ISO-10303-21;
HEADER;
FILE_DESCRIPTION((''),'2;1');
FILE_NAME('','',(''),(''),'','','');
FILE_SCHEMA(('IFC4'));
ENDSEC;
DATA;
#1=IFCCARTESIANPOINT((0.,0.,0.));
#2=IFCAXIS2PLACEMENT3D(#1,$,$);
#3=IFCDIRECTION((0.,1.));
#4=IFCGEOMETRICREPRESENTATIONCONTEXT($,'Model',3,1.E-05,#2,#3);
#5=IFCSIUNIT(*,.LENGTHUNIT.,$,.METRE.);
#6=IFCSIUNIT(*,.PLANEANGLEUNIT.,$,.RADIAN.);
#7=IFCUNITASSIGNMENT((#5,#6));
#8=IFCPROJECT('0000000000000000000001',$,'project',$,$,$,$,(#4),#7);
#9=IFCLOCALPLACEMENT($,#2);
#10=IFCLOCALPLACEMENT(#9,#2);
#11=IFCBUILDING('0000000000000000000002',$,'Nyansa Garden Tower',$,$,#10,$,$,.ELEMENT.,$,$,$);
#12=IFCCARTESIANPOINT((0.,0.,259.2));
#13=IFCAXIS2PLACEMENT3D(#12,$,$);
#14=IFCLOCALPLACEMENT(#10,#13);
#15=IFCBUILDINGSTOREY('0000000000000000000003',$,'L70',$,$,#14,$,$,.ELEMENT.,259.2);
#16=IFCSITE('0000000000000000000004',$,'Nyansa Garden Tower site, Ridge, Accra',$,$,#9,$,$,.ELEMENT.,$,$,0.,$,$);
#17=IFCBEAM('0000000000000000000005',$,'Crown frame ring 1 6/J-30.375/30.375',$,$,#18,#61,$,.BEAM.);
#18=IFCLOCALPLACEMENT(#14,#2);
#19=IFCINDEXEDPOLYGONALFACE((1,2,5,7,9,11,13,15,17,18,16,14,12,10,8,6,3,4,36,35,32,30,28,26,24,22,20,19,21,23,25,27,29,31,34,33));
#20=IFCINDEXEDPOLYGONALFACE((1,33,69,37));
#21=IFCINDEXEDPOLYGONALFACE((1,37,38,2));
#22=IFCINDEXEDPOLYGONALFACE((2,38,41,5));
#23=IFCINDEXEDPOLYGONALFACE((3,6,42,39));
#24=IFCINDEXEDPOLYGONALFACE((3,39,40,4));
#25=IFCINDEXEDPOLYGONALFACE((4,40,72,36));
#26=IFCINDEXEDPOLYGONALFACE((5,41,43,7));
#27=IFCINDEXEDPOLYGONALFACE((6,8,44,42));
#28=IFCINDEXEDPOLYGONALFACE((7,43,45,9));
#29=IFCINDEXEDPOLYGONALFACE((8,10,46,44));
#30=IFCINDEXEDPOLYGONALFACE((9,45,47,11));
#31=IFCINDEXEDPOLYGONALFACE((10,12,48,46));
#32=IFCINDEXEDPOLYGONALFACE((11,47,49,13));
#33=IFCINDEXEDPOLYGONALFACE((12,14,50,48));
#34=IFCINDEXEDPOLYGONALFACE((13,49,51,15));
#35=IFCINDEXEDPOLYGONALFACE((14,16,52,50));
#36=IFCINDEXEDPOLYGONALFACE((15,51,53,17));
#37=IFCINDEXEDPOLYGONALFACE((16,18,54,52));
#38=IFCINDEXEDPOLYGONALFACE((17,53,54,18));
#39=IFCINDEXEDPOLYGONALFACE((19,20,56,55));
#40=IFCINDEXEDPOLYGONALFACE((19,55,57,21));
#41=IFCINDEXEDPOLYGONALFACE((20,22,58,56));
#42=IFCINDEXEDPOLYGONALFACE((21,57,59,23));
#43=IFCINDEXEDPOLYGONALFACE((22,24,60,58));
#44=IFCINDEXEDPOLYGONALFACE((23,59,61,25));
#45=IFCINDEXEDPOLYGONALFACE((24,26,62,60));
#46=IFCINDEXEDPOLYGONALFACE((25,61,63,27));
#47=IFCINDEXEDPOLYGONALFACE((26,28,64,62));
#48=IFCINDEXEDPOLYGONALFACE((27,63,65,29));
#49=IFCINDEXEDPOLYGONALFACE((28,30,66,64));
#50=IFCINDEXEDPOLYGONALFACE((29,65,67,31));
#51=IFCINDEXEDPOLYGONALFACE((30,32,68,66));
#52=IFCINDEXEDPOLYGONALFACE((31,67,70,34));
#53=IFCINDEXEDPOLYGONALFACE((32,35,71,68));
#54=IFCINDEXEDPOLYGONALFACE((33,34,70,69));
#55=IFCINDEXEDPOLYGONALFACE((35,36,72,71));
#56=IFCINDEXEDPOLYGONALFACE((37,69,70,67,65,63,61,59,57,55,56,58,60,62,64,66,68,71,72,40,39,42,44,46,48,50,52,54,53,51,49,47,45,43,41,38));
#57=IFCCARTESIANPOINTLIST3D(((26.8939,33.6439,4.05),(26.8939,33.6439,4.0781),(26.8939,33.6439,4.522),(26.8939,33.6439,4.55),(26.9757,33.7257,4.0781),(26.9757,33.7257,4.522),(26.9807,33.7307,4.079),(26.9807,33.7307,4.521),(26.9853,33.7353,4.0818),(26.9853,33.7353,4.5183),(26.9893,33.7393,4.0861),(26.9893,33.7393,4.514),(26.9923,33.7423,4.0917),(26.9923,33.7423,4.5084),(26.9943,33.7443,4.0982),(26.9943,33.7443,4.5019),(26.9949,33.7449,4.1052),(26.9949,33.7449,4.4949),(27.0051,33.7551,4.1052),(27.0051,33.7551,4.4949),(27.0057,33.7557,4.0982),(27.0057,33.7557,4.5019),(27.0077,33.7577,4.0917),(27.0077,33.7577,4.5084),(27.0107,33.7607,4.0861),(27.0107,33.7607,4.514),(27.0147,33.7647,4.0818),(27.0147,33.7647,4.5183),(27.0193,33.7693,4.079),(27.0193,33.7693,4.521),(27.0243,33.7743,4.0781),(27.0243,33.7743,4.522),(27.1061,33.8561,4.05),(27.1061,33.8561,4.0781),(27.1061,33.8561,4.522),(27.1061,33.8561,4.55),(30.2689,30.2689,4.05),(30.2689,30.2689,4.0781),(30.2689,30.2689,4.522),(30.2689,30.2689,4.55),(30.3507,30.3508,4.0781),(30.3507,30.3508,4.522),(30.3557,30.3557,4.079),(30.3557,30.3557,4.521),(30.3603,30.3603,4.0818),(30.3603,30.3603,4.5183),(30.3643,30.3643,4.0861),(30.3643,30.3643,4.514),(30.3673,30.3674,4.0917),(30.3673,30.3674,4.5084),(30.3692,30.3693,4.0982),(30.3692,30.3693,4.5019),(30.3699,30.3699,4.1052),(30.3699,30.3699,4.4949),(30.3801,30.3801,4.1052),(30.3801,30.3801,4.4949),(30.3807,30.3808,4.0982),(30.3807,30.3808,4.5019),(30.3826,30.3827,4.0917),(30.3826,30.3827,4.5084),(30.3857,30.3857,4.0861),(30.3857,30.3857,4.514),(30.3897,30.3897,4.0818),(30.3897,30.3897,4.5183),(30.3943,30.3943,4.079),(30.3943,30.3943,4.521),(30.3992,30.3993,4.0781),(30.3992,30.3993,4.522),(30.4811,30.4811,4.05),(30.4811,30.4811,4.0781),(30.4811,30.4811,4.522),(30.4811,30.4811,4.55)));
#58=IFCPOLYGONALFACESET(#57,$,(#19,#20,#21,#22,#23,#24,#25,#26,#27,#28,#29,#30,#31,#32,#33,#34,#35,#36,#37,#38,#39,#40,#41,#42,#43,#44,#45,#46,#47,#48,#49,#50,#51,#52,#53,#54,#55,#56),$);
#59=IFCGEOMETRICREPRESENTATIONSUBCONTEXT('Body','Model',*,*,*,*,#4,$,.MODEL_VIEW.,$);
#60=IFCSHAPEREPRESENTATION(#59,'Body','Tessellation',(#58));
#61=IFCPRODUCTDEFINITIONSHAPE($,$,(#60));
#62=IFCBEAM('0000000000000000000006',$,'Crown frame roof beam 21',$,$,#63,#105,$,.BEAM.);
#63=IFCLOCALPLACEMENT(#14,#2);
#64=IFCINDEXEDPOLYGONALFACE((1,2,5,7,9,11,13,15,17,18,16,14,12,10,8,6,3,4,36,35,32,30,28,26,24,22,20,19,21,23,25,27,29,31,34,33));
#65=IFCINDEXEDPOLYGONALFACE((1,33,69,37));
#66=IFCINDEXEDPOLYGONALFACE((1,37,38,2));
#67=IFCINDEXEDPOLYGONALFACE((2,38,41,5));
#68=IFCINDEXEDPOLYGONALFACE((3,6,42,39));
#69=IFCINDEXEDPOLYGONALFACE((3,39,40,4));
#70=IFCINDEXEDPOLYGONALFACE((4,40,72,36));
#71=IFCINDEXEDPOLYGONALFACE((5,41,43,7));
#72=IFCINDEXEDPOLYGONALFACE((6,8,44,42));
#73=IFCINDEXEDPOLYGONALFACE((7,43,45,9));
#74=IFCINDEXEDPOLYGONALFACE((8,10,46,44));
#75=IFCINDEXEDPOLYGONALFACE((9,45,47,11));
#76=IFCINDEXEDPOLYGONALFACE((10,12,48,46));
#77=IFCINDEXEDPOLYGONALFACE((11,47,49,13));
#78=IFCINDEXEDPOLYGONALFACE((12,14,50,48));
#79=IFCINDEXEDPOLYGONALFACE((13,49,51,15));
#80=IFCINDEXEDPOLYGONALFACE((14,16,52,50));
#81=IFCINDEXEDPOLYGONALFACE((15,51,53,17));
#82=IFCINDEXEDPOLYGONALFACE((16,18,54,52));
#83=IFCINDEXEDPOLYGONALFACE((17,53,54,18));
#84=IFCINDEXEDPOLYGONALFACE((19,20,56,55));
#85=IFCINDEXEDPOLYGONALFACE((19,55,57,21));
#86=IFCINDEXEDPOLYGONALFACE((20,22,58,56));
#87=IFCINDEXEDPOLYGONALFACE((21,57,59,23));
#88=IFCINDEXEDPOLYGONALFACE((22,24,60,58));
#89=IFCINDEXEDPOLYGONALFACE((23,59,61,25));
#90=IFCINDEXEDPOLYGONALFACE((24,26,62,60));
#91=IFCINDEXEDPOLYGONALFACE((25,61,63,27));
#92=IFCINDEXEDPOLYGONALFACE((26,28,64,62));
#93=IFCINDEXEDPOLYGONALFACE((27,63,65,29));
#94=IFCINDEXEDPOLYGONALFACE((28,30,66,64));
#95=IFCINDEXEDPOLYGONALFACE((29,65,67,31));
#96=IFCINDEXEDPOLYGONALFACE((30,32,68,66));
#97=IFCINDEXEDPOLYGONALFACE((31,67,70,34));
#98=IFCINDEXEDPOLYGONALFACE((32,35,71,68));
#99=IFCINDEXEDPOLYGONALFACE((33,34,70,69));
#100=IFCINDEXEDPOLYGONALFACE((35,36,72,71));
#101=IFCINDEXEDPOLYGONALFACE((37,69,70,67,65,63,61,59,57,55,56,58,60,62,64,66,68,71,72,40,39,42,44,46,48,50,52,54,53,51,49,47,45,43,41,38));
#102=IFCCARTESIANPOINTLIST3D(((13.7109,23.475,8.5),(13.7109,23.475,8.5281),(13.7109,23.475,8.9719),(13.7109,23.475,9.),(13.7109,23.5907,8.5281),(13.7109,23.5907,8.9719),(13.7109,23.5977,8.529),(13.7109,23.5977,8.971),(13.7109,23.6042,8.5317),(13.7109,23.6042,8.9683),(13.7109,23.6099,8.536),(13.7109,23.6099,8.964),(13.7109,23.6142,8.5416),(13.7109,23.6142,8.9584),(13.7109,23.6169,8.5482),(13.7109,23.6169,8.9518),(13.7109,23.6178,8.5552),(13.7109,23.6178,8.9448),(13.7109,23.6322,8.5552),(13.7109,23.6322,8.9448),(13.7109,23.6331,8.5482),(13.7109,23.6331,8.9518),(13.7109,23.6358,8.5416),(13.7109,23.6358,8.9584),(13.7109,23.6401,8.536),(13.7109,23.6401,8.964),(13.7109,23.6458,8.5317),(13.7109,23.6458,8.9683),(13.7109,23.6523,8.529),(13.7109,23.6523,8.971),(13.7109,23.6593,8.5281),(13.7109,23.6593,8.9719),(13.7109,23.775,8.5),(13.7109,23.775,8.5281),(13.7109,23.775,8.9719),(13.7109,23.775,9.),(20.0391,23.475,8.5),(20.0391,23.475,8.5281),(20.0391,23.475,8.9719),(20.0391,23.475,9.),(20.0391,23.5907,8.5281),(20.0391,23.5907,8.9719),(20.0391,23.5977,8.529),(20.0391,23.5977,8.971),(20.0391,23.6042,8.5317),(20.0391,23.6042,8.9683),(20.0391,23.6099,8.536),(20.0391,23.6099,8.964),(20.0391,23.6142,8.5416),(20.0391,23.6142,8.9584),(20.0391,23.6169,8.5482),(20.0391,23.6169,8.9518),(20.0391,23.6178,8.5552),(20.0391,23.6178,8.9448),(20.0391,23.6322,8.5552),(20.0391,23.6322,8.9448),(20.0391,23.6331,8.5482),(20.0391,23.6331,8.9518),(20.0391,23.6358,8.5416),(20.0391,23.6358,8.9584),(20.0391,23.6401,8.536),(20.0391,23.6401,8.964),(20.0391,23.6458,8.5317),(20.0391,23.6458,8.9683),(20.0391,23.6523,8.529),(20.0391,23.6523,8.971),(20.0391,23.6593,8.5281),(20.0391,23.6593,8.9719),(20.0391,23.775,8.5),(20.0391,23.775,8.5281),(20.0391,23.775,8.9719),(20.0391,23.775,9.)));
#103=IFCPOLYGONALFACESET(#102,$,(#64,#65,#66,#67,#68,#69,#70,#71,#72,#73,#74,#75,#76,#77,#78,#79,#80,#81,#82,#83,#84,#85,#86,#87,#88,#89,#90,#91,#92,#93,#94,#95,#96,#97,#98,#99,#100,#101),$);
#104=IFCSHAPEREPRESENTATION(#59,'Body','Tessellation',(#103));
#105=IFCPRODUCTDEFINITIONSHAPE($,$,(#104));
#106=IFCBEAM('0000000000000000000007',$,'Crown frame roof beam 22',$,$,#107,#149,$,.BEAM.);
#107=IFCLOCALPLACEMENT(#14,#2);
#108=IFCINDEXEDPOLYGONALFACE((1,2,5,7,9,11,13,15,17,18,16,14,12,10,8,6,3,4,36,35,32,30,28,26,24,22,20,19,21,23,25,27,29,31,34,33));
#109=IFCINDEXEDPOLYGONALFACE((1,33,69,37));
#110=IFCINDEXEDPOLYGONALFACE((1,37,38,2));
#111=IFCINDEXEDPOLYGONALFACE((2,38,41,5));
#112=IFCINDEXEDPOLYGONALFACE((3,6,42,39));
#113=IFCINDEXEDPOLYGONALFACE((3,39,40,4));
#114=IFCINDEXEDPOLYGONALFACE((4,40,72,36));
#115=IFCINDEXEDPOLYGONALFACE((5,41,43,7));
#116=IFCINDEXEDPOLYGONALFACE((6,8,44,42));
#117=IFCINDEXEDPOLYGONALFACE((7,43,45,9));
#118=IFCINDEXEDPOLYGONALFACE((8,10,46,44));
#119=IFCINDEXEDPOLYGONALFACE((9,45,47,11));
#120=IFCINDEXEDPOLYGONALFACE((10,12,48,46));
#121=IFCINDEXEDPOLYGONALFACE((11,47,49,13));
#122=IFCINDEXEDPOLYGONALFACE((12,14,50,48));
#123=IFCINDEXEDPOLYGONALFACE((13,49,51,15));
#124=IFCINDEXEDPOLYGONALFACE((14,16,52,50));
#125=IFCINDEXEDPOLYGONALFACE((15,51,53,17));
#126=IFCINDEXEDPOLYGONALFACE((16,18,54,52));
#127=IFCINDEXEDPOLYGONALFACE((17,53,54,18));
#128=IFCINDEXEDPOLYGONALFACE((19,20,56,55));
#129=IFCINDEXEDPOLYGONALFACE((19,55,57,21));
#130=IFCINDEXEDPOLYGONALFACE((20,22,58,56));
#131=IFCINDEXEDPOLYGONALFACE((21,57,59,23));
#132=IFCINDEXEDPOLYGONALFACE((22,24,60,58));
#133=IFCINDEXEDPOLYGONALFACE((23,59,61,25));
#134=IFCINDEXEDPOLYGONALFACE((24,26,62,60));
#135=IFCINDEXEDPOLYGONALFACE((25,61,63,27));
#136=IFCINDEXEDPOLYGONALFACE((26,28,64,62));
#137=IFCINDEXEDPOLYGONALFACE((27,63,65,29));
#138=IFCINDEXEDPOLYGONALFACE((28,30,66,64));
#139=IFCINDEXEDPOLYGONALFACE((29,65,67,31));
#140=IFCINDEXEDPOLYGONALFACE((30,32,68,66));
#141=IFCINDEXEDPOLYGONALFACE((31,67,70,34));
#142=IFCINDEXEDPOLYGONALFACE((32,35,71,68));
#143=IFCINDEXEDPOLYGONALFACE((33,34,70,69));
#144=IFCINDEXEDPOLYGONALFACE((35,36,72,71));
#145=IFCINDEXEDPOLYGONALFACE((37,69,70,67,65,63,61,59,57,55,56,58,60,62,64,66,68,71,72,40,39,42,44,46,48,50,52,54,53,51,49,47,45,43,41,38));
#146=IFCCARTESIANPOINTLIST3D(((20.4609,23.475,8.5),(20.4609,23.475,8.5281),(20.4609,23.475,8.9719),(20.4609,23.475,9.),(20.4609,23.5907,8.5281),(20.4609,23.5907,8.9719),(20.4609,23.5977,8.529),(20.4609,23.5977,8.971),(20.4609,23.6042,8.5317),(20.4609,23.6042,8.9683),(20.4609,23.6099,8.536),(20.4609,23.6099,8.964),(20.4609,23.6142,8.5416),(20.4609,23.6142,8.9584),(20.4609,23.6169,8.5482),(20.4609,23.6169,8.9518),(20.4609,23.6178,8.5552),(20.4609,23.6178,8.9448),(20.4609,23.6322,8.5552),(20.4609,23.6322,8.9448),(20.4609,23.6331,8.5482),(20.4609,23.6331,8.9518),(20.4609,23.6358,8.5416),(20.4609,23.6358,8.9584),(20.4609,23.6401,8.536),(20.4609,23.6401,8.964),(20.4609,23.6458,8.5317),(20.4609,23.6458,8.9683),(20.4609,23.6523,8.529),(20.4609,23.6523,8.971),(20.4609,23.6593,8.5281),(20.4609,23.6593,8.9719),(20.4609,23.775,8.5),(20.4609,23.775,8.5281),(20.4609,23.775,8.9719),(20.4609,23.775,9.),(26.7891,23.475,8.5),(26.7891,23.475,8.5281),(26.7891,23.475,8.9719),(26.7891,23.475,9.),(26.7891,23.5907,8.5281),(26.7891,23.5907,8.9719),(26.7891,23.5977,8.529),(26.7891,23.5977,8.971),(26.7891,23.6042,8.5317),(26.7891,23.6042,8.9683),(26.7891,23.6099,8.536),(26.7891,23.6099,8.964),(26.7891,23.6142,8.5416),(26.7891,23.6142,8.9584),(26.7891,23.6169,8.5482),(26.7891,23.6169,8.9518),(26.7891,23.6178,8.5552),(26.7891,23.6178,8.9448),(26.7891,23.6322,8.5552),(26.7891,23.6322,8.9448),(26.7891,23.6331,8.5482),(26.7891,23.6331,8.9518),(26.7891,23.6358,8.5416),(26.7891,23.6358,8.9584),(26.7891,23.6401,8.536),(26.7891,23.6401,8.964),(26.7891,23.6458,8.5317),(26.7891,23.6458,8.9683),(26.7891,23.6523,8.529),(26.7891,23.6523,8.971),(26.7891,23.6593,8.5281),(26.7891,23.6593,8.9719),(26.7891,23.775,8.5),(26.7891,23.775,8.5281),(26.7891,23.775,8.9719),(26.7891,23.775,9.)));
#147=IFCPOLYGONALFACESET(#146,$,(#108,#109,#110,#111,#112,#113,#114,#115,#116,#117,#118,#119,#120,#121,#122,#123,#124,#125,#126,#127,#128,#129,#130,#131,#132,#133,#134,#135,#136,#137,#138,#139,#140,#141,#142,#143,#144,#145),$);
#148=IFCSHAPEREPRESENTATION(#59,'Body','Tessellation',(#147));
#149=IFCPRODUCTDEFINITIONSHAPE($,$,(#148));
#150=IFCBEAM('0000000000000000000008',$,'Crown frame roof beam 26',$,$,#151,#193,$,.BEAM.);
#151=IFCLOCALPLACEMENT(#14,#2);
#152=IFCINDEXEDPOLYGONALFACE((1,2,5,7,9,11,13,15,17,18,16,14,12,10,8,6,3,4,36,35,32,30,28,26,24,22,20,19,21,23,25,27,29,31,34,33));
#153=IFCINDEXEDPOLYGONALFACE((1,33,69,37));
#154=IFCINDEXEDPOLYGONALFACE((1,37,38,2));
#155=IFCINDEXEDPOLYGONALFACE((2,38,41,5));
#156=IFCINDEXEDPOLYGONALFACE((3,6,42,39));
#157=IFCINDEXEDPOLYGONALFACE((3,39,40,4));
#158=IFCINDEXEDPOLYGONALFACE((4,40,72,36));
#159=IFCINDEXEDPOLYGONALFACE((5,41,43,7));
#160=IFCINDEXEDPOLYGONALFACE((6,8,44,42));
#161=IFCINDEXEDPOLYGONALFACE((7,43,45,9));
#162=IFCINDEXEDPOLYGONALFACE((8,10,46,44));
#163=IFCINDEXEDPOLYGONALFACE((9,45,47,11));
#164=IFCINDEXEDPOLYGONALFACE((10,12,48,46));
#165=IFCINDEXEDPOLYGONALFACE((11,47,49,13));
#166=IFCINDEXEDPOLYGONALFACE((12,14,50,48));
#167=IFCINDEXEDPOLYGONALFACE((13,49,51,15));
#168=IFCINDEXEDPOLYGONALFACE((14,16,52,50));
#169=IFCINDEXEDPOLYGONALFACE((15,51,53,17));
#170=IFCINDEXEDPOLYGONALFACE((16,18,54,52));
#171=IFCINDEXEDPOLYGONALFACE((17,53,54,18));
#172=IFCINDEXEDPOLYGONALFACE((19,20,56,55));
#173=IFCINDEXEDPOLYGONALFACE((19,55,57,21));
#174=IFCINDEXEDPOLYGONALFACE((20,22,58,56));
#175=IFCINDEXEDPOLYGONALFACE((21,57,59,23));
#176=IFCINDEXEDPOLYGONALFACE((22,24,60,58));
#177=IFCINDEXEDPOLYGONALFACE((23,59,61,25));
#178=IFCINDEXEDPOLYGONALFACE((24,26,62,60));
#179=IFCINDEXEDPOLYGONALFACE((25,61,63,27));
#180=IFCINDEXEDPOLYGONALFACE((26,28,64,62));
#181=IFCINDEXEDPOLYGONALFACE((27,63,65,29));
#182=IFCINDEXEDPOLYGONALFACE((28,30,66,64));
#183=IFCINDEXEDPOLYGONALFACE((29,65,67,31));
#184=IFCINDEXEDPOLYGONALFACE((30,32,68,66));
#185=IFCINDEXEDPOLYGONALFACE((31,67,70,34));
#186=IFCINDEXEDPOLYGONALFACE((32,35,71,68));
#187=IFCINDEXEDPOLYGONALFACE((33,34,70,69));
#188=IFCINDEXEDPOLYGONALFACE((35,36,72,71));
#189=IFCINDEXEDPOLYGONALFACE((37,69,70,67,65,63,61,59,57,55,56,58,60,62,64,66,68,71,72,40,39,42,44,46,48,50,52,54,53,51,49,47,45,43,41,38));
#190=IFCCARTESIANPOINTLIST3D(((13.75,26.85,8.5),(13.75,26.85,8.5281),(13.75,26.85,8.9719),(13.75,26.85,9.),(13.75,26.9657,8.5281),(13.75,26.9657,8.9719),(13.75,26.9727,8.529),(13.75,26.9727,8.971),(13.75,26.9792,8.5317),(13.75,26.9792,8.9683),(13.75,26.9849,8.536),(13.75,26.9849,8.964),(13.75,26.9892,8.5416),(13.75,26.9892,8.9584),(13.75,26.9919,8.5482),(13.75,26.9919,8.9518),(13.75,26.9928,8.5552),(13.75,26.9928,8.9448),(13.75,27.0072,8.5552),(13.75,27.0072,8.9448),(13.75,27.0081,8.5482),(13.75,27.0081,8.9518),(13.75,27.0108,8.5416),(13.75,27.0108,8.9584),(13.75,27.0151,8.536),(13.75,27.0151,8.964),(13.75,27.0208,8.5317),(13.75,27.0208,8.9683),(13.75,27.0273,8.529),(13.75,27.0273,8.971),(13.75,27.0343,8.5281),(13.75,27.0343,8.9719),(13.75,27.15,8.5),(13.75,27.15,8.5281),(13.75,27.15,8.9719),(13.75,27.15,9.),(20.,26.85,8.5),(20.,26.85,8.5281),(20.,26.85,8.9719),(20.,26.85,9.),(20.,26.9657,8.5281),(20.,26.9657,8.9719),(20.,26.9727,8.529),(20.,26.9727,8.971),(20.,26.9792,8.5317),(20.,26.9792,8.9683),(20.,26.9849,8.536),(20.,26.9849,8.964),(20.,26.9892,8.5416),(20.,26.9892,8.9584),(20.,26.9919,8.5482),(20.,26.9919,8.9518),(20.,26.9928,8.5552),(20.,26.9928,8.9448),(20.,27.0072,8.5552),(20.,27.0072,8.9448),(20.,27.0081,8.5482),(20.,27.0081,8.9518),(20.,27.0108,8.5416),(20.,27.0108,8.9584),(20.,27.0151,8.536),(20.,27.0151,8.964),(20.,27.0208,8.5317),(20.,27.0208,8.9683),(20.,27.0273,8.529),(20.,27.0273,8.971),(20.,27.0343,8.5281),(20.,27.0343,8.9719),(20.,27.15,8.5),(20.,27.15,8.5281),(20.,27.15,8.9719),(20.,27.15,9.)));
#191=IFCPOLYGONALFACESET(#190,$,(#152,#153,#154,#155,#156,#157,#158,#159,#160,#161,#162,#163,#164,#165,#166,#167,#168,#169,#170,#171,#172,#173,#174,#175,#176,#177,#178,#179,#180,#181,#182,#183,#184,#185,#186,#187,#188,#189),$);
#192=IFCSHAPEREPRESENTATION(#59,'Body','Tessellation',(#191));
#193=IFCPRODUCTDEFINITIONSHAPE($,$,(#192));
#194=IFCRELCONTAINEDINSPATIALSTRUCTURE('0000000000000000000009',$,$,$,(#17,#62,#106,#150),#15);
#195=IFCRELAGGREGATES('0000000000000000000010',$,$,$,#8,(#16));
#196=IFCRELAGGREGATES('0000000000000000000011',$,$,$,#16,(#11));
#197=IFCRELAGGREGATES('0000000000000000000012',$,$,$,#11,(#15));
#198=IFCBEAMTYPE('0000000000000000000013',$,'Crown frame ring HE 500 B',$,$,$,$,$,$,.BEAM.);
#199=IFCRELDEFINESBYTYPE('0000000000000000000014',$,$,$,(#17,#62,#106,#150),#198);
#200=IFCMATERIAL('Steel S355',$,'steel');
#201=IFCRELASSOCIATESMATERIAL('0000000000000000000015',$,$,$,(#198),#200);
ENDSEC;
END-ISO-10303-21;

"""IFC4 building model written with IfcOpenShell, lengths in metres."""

from ifc_helpers import new_model, si_unit, direction, frame, origin, origin_2d, place, context, subcontext, project, spatial, i_section, extrude, material, material_profile, profile_set, type_object, element, save


model = new_model("IFC4")

# Units and contexts
model_context = context("Model", 3, precision=1e-05, world=origin(), true_north=direction((0.0, 1.0)))
body_context = subcontext(model_context, "Body", "Model", "MODEL_VIEW")
ifc_project = project(units=[si_unit("LENGTHUNIT", "METRE"), si_unit("PLANEANGLEUNIT", "RADIAN")], contexts=[model_context])

# Site, building, storey
site_placement = place(None, origin())
site = spatial("IfcSite", under=ifc_project, at=site_placement, Name="Nyansa Garden Tower site, Ridge, Accra", CompositionType="ELEMENT", RefElevation=0.0)
building_placement = place(site_placement, origin())
building = spatial("IfcBuilding", under=site, at=building_placement, Name="Nyansa Garden Tower", CompositionType="ELEMENT")
storey_placement = place(building_placement, frame((0.0, 0.0, 259.2)))
storey = spatial("IfcBuildingStorey", under=building, at=storey_placement, Name="L70", CompositionType="ELEMENT", Elevation=259.2)

# Beams
ifc_material_1 = material(Name="Steel S355", Category="steel")
ifc_material_profile_1 = material_profile(ifc_material_1, i_section(OverallWidth=0.3, OverallDepth=0.5, WebThickness=0.0144, FlangeThickness=0.0281, FilletRadius=0.0271, at=origin_2d()), Name="HE 500 B")
ifc_profile_set_1 = profile_set([ifc_material_profile_1], Name="Steel S355")
beam_type_1 = type_object("IfcBeamType", Name="Crown frame ring HE 500 B", PredefinedType="BEAM", material=ifc_profile_set_1)
beam_1_placement = place(storey_placement, frame((27.0, 33.75, 4.3), z_axis=(0.707107, -0.707107, 0.0), x_axis=(0.707107, 0.707107, 0.0)))
element("IfcBeam", 1, at=beam_1_placement, inside=storey, type_object=beam_type_1, Name="Crown frame ring 1 6/J-30.375/30.375", PredefinedType="BEAM", context=body_context, shape_type="SweptSolid", body=[
    extrude(i_section(OverallWidth=0.3, OverallDepth=0.5, WebThickness=0.0144, FlangeThickness=0.0281, FilletRadius=0.0271, at=origin_2d()), origin(), (0.0, 0.0, 1.0), 4.7729),
])
for number, where, z_axis, x_axis, name in (
    (2, (13.7109, 23.625, 8.75), (1.0, 0.0, 0.0), (0.0, 1.0, 0.0), "Crown frame roof beam 21"),
    (3, (20.4609, 23.625, 8.75), (1.0, 0.0, 0.0), (0.0, 1.0, 0.0), "Crown frame roof beam 22"),
):
    element("IfcBeam", number, at=place(storey_placement, frame(where, z_axis=z_axis, x_axis=x_axis)), inside=storey, type_object=beam_type_1, Name=name, PredefinedType="BEAM", context=body_context, shape_type="SweptSolid", body=[
        extrude(i_section(OverallWidth=0.3, OverallDepth=0.5, WebThickness=0.0144, FlangeThickness=0.0281, FilletRadius=0.0271, at=origin_2d()), origin(), (0.0, 0.0, 1.0), 6.3281),
    ])
for number, where, z_axis, x_axis, name in (
    (4, (13.75, 27.0, 8.75), (1.0, 0.0, 0.0), (0.0, 1.0, 0.0), "Crown frame roof beam 26"),
):
    element("IfcBeam", number, at=place(storey_placement, frame(where, z_axis=z_axis, x_axis=x_axis)), inside=storey, type_object=beam_type_1, Name=name, PredefinedType="BEAM", context=body_context, shape_type="SweptSolid", body=[
        extrude(i_section(OverallWidth=0.3, OverallDepth=0.5, WebThickness=0.0144, FlangeThickness=0.0281, FilletRadius=0.0271, at=origin_2d()), origin(), (0.0, 0.0, 1.0), 6.25),
    ])

save(model, "model.ifc")
